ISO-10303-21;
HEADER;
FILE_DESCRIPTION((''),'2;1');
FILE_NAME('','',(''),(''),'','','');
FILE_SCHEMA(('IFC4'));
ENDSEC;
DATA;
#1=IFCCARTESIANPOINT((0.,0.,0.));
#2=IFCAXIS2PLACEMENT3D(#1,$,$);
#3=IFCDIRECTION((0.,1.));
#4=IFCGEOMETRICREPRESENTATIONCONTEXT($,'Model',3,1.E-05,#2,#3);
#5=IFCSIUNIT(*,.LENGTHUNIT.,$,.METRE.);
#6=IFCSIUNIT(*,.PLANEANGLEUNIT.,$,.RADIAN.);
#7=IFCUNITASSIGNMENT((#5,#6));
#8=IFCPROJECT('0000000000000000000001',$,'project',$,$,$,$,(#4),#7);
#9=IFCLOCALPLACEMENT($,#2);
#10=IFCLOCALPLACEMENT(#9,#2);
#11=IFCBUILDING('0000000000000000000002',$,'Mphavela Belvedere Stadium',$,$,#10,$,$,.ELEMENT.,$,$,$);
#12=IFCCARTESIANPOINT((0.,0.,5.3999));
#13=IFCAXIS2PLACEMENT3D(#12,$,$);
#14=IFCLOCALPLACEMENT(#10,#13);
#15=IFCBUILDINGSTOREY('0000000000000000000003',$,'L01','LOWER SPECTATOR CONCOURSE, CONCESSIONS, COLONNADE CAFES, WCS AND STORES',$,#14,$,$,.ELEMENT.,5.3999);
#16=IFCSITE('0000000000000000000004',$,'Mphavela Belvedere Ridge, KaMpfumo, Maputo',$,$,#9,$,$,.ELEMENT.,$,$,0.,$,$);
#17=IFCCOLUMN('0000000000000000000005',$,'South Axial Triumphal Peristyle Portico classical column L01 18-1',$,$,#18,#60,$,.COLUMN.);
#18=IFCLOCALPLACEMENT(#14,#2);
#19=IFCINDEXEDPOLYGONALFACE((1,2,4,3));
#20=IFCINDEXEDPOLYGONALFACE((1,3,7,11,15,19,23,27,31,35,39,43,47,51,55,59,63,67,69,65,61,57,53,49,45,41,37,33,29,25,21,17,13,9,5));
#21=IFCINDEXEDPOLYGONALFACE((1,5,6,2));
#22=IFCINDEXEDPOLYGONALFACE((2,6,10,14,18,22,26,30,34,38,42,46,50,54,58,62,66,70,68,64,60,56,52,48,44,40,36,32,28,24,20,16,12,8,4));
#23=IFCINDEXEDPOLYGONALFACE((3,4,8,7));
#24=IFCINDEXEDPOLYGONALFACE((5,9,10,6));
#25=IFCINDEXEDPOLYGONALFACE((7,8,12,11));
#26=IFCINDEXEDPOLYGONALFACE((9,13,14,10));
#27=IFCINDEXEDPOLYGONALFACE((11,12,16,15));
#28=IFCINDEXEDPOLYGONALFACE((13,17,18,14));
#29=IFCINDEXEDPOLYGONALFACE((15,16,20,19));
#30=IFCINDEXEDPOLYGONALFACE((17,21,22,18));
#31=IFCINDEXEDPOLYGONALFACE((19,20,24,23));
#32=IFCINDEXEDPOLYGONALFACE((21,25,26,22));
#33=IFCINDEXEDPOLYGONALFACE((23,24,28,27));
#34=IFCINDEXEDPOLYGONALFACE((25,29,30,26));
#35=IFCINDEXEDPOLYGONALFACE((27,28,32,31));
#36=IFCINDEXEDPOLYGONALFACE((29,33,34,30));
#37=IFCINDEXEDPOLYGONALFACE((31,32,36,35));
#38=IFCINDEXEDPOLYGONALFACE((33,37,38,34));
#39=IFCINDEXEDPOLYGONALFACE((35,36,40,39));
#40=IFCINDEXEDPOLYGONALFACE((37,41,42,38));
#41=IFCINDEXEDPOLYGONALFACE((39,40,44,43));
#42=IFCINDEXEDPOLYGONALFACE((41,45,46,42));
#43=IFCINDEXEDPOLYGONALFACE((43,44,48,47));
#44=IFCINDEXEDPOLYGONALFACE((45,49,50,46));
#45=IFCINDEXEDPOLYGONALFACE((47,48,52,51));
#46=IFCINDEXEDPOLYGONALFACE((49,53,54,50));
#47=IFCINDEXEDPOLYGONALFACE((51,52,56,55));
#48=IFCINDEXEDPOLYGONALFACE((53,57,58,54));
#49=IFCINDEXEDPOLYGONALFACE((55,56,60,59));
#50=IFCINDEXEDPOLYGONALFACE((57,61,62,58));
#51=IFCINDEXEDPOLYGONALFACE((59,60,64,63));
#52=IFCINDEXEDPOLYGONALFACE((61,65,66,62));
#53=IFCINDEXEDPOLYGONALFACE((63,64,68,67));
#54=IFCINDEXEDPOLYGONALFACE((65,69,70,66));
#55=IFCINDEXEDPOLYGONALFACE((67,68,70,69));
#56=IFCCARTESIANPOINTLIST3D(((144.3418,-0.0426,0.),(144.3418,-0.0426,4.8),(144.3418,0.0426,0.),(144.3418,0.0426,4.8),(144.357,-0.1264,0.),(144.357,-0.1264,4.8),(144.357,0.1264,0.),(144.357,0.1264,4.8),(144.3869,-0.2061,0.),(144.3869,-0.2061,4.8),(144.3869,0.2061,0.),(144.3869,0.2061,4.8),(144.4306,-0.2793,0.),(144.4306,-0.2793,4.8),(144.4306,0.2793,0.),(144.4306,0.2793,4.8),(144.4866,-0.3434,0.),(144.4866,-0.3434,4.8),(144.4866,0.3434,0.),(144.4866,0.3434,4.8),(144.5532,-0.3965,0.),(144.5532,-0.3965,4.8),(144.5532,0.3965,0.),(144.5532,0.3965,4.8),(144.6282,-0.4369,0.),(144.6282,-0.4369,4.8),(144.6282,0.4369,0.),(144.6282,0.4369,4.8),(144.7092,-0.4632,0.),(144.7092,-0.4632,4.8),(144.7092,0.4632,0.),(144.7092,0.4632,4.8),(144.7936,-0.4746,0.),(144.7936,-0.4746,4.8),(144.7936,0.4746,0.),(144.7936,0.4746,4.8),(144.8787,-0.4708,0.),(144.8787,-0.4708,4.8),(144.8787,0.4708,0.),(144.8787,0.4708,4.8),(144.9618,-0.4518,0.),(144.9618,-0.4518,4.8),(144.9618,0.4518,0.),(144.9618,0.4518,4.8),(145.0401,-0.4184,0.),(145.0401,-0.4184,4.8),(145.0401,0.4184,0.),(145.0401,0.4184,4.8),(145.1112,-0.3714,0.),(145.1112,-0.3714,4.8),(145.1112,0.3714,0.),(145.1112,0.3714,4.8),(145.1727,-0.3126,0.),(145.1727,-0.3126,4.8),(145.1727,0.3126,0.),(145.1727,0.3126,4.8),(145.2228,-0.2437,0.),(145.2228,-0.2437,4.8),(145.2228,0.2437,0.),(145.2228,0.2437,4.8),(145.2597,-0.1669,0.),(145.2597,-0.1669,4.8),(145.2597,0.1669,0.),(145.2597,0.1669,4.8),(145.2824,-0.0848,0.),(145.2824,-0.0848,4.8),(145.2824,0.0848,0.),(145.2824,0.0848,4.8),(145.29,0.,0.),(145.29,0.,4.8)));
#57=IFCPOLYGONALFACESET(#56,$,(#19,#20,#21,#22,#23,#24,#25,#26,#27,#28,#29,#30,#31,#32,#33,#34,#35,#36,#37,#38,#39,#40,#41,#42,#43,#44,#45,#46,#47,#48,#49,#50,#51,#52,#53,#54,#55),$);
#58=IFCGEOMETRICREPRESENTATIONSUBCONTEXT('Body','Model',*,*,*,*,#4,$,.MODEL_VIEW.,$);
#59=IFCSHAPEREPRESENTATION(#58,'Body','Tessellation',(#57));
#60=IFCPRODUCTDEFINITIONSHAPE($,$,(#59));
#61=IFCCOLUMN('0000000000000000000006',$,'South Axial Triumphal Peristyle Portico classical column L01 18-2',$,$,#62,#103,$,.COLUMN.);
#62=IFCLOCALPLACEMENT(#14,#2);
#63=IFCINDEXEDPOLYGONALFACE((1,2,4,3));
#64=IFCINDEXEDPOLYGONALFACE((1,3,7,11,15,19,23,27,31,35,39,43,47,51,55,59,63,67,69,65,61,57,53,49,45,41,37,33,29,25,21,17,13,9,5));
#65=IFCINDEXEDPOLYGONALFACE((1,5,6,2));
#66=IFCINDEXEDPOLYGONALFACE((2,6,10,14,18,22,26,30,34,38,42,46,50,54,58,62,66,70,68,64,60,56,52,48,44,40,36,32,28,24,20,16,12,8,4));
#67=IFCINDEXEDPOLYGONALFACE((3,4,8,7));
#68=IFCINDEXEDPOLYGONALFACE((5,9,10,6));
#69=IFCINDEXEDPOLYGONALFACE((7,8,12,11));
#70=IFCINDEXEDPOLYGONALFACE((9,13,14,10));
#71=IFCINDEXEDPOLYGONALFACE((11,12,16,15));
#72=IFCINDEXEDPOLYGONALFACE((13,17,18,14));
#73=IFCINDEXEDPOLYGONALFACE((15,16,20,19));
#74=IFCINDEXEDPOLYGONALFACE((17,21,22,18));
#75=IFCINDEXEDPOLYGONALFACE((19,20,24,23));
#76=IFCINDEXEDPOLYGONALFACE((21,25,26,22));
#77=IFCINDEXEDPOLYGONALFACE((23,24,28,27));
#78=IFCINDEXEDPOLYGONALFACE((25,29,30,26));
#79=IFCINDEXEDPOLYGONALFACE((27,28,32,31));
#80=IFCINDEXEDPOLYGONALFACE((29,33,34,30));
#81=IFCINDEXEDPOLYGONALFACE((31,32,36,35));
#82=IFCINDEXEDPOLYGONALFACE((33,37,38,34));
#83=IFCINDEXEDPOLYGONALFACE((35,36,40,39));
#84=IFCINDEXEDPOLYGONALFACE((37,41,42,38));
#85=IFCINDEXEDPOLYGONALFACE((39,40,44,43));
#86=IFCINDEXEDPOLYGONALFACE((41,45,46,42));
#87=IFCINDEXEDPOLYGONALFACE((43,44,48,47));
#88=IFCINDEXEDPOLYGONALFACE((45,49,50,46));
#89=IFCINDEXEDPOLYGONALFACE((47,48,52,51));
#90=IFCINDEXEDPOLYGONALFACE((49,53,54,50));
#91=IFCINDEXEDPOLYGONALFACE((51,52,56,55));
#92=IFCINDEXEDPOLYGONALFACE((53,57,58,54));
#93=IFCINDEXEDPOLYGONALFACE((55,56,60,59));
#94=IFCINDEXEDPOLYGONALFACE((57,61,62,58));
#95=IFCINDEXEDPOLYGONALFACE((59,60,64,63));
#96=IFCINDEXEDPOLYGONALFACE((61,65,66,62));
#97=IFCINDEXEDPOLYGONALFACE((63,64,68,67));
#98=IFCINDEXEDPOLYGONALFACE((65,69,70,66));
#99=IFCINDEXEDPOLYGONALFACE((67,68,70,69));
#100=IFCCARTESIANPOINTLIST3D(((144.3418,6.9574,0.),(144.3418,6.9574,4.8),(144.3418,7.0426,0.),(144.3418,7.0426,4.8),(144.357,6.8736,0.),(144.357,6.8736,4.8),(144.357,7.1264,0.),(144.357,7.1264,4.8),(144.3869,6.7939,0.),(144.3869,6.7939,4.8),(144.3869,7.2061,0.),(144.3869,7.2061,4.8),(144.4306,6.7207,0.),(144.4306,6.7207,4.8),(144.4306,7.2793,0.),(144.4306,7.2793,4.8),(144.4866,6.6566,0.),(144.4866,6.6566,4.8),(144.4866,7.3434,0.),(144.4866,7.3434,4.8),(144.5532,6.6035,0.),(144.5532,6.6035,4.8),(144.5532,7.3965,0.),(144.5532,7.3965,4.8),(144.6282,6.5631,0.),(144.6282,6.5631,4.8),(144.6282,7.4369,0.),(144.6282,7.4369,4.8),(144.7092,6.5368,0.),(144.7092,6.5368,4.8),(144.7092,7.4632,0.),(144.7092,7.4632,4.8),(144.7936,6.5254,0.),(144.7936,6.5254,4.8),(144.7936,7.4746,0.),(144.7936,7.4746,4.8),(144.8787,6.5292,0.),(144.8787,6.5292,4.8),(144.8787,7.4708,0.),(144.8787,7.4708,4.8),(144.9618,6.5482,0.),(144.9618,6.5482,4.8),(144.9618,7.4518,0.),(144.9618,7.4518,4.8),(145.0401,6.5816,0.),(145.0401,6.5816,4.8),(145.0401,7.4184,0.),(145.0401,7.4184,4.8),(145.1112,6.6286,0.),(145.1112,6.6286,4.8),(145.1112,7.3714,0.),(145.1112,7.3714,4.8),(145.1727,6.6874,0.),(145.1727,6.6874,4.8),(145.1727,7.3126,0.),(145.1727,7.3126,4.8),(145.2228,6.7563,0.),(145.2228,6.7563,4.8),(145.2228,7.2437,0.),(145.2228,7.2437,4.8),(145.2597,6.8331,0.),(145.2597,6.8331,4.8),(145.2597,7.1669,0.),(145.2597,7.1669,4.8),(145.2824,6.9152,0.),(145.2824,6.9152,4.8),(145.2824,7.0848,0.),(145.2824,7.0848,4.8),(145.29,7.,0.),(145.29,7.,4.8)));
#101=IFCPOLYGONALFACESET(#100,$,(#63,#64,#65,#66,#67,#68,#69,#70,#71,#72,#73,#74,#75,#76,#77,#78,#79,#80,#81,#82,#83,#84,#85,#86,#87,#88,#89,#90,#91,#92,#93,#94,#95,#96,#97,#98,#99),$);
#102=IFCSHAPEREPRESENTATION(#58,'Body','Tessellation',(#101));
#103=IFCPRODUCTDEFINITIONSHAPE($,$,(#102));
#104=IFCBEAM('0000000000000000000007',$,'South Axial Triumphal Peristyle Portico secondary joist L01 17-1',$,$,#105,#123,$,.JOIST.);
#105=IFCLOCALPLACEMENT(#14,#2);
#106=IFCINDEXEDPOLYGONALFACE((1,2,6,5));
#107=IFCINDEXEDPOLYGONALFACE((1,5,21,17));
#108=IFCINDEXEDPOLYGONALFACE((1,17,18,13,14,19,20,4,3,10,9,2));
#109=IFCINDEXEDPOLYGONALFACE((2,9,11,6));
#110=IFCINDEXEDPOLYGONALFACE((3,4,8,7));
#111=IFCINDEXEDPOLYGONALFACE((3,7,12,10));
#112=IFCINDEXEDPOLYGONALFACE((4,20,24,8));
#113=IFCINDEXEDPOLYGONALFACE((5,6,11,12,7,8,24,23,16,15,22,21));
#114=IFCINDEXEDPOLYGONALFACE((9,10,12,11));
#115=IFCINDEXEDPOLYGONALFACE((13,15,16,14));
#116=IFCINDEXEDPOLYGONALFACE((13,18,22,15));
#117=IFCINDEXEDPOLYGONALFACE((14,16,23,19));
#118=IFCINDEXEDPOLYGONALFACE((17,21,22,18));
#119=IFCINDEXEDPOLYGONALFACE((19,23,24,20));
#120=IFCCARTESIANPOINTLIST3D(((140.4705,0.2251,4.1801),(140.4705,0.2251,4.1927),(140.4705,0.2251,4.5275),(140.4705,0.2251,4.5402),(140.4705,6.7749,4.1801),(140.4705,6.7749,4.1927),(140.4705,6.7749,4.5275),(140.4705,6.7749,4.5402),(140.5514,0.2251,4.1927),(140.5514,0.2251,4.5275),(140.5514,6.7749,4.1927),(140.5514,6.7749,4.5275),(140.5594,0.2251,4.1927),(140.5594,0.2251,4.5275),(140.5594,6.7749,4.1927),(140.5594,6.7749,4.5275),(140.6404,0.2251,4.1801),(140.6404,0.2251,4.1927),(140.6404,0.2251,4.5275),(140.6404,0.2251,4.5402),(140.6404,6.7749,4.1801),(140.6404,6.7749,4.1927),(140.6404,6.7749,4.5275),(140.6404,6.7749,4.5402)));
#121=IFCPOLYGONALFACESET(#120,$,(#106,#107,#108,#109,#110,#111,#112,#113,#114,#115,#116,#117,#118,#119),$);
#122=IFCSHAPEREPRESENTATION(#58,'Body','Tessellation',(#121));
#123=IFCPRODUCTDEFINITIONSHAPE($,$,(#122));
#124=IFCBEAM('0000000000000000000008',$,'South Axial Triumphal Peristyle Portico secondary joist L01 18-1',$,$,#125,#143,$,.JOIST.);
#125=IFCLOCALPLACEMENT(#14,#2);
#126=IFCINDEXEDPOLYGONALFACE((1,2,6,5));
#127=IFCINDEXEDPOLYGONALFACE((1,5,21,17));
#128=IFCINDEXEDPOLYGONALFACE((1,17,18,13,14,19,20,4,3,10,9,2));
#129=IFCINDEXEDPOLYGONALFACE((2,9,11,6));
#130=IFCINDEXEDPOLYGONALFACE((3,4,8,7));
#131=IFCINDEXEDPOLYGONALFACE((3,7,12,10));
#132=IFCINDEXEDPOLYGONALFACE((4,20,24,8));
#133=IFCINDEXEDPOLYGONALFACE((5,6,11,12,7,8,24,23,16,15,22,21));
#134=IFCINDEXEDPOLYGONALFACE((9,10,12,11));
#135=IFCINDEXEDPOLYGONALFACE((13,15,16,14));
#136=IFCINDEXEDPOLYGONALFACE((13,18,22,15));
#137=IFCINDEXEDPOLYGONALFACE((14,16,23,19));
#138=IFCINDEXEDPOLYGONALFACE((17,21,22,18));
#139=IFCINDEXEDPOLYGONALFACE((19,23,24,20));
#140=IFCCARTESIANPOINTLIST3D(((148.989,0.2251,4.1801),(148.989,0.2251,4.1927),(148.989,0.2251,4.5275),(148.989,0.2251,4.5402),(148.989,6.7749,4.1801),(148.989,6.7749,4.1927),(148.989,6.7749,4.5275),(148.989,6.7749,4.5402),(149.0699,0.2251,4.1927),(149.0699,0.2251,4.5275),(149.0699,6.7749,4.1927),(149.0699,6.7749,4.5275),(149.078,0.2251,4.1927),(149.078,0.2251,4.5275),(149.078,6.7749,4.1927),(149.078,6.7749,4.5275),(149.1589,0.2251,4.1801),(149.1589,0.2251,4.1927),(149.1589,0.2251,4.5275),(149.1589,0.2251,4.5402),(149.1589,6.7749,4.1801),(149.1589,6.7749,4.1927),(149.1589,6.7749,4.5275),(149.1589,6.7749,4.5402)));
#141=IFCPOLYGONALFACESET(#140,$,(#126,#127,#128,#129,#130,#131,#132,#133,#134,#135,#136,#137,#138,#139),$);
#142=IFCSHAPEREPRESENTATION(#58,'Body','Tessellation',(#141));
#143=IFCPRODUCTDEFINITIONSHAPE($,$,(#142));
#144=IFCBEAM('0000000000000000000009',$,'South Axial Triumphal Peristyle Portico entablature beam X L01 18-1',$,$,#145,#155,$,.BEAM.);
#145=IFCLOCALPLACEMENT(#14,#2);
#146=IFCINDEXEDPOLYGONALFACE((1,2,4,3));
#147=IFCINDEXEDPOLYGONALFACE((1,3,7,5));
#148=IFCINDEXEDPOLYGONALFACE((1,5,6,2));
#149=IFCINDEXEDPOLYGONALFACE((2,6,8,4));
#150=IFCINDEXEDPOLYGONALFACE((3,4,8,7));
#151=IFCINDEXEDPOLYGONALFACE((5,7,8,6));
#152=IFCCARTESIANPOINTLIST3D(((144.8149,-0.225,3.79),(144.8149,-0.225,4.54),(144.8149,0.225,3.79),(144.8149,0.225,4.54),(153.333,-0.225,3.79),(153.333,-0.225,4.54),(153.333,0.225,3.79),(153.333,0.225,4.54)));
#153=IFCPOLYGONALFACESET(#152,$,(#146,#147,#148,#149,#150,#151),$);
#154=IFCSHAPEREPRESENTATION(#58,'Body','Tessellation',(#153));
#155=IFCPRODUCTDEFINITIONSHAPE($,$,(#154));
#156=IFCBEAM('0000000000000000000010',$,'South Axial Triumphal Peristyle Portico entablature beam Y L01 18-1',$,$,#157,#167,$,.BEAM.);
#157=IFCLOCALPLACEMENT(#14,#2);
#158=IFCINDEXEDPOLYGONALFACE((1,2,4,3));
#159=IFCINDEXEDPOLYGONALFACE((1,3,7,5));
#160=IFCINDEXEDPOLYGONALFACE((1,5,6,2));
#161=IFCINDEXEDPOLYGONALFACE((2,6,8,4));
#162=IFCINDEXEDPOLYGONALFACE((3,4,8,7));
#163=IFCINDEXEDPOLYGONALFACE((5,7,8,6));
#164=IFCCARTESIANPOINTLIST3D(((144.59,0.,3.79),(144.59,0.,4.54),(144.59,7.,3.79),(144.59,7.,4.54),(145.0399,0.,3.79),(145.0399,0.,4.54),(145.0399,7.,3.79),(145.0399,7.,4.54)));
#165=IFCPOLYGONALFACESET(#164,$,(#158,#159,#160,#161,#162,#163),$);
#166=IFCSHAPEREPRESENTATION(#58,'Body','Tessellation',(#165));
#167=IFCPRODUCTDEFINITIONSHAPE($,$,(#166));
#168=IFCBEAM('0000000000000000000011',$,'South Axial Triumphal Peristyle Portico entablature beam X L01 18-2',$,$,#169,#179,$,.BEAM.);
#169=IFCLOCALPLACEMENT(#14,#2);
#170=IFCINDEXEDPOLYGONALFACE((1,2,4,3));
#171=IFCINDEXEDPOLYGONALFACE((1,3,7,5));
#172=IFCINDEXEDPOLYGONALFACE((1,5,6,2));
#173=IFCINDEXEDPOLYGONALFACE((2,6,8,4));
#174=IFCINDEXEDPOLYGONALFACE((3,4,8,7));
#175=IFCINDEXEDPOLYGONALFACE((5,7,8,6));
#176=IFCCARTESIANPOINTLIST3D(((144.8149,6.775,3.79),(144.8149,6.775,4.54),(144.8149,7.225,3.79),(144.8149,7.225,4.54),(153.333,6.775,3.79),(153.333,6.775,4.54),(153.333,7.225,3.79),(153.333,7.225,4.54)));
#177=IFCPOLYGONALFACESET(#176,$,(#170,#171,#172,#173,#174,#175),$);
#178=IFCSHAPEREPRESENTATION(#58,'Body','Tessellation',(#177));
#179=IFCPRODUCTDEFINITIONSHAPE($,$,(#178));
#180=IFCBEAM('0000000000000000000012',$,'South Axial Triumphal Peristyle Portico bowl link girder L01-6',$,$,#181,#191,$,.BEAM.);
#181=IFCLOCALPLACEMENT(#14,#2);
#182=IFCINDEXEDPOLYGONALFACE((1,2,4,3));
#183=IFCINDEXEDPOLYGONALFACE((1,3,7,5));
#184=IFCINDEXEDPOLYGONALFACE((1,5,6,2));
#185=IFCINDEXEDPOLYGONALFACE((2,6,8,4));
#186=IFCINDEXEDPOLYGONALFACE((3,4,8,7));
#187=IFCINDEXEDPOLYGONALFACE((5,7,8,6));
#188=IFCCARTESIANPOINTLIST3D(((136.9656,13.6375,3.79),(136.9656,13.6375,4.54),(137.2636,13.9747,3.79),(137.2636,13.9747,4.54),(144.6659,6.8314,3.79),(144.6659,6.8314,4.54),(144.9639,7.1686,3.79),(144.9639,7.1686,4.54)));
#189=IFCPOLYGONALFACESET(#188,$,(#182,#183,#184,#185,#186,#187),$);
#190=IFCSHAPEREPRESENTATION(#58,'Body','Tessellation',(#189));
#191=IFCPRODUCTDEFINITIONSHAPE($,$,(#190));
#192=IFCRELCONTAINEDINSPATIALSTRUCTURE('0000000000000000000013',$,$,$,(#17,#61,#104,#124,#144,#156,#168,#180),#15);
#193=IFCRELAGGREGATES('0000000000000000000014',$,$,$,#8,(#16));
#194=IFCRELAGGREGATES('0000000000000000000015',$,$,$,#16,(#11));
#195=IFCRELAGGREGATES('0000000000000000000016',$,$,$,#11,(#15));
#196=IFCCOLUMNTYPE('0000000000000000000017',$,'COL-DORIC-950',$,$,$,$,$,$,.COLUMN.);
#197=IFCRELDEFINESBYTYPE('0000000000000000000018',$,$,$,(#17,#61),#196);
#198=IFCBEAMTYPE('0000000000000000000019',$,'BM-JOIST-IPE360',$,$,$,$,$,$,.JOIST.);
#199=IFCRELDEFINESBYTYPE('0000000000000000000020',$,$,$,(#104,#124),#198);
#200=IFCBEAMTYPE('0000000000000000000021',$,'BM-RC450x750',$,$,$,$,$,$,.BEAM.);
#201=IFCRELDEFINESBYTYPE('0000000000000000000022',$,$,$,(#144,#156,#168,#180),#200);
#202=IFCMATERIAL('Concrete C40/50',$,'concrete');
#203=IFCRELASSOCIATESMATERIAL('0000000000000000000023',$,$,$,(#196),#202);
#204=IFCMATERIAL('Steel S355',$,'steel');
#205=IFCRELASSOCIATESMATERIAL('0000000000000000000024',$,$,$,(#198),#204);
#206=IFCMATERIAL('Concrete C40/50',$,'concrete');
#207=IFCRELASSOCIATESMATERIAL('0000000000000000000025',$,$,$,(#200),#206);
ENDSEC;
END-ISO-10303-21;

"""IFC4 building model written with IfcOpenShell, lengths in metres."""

from ifc_helpers import new_model, si_unit, direction, frame, origin, origin_2d, place, context, subcontext, project, spatial, rectangle, circle, i_section, extrude, material, material_profile, profile_set, type_object, element, save


model = new_model("IFC4")

# Units and contexts
model_context = context("Model", 3, precision=1e-05, world=origin(), true_north=direction((0.0, 1.0)))
body_context = subcontext(model_context, "Body", "Model", "MODEL_VIEW")
ifc_project = project(units=[si_unit("LENGTHUNIT", "METRE"), si_unit("PLANEANGLEUNIT", "RADIAN")], contexts=[model_context])

# Site, building, storey
site_placement = place(None, origin())
site = spatial("IfcSite", under=ifc_project, at=site_placement, Name="Mphavela Belvedere Ridge, KaMpfumo, Maputo", CompositionType="ELEMENT", RefElevation=0.0)
building_placement = place(site_placement, origin())
building = spatial("IfcBuilding", under=site, at=building_placement, Name="Mphavela Belvedere Stadium", CompositionType="ELEMENT")
storey_placement = place(building_placement, frame((0.0, 0.0, 5.3999)))
storey = spatial("IfcBuildingStorey", under=building, at=storey_placement, Name="L01", Description="LOWER SPECTATOR CONCOURSE, CONCESSIONS, COLONNADE CAFES, WCS AND STORES", CompositionType="ELEMENT", Elevation=5.3999)

# Columns
ifc_material_1 = material(Name="Concrete C40/50", Category="concrete")
ifc_material_profile_1 = material_profile(ifc_material_1, circle(Radius=0.4751, at=origin_2d()), Name="COL D950")
ifc_profile_set_1 = profile_set([ifc_material_profile_1], Name="Concrete C40/50")
column_type = type_object("IfcColumnType", Name="COL-DORIC-950", PredefinedType="COLUMN", material=ifc_profile_set_1)
for number, where, z_axis, x_axis, name in (
    (1, (144.8149, 0.0, 0.0), (0.0, 0.0, 1.0), (1.0, 0.0, 0.0), "South Axial Triumphal Peristyle Portico classical column L01 18-1"),
    (2, (144.8149, 7.0, 0.0), (0.0, 0.0, 1.0), (1.0, 0.0, 0.0), "South Axial Triumphal Peristyle Portico classical column L01 18-2"),
):
    element("IfcColumn", number, at=place(storey_placement, frame(where, z_axis=z_axis, x_axis=x_axis)), inside=storey, type_object=column_type, Name=name, PredefinedType="COLUMN", context=body_context, shape_type="SweptSolid", body=[
        extrude(circle(Radius=0.4751, at=origin_2d()), origin(), (0.0, 0.0, 1.0), 4.8),
    ])

# Beams
ifc_material_2 = material(Name="Steel S355", Category="steel")
ifc_material_profile_2 = material_profile(ifc_material_2, i_section(OverallWidth=0.1699, OverallDepth=0.3601, WebThickness=0.0081, FlangeThickness=0.0127, at=origin_2d()), Name="IPE 360")
ifc_profile_set_2 = profile_set([ifc_material_profile_2], Name="Steel S355")
beam_type_1 = type_object("IfcBeamType", Name="BM-JOIST-IPE360", PredefinedType="JOIST", material=ifc_profile_set_2)
for number, where, z_axis, x_axis, name in (
    (3, (140.5554, 0.2251, 4.3601), (0.0, 1.0, 0.0), (-1.0, 0.0, 0.0), "South Axial Triumphal Peristyle Portico secondary joist L01 17-1"),
    (4, (149.074, 0.2251, 4.3601), (0.0, 1.0, 0.0), (-1.0, 0.0, 0.0), "South Axial Triumphal Peristyle Portico secondary joist L01 18-1"),
):
    element("IfcBeam", number, at=place(storey_placement, frame(where, z_axis=z_axis, x_axis=x_axis)), inside=storey, type_object=beam_type_1, Name=name, PredefinedType="JOIST", context=body_context, shape_type="SweptSolid", body=[
        extrude(i_section(OverallWidth=0.1699, OverallDepth=0.3601, WebThickness=0.0081, FlangeThickness=0.0127, at=origin_2d()), origin(), (0.0, 0.0, 1.0), 6.5498),
    ])
ifc_material_3 = material(Name="Concrete C40/50", Category="concrete")
ifc_material_profile_3 = material_profile(ifc_material_3, rectangle(XDim=0.45, YDim=0.75, at=origin_2d()), Name="RC 450x750")
ifc_profile_set_3 = profile_set([ifc_material_profile_3], Name="Concrete C40/50")
beam_type_2 = type_object("IfcBeamType", Name="BM-RC450x750", PredefinedType="BEAM", material=ifc_profile_set_3)
beam_1_placement = place(storey_placement, frame((144.8149, 0.0, 4.165), z_axis=(1.0, 0.0, 0.0), x_axis=(0.0, 1.0, 0.0)))
element("IfcBeam", 5, at=beam_1_placement, inside=storey, type_object=beam_type_2, Name="South Axial Triumphal Peristyle Portico entablature beam X L01 18-1", PredefinedType="BEAM", context=body_context, shape_type="SweptSolid", body=[
    extrude(rectangle(XDim=0.45, YDim=0.75, at=origin_2d()), origin(), (0.0, 0.0, 1.0), 8.5181),
])
beam_2_placement = place(storey_placement, frame((144.8149, 0.0, 4.165), z_axis=(0.0, 1.0, 0.0), x_axis=(-1.0, 0.0, 0.0)))
element("IfcBeam", 6, at=beam_2_placement, inside=storey, type_object=beam_type_2, Name="South Axial Triumphal Peristyle Portico entablature beam Y L01 18-1", PredefinedType="BEAM", context=body_context, shape_type="SweptSolid", body=[
    extrude(rectangle(XDim=0.45, YDim=0.75, at=origin_2d()), origin(), (0.0, 0.0, 1.0), 7.0),
])
beam_3_placement = place(storey_placement, frame((144.8149, 7.0, 4.165), z_axis=(1.0, 0.0, 0.0), x_axis=(0.0, 1.0, 0.0)))
element("IfcBeam", 7, at=beam_3_placement, inside=storey, type_object=beam_type_2, Name="South Axial Triumphal Peristyle Portico entablature beam X L01 18-2", PredefinedType="BEAM", context=body_context, shape_type="SweptSolid", body=[
    extrude(rectangle(XDim=0.45, YDim=0.75, at=origin_2d()), origin(), (0.0, 0.0, 1.0), 8.5181),
])
beam_4_placement = place(storey_placement, frame((144.8149, 7.0, 4.165), z_axis=(-0.749275, 0.662259, 0.0), x_axis=(-0.662259, -0.749275, 0.0)))
element("IfcBeam", 8, at=beam_4_placement, inside=storey, type_object=beam_type_2, Name="South Axial Triumphal Peristyle Portico bowl link girder L01-6", PredefinedType="BEAM", context=body_context, shape_type="SweptSolid", body=[
    extrude(rectangle(XDim=0.45, YDim=0.75, at=origin_2d()), origin(), (0.0, 0.0, 1.0), 10.2771),
])

save(model, "model.ifc")
